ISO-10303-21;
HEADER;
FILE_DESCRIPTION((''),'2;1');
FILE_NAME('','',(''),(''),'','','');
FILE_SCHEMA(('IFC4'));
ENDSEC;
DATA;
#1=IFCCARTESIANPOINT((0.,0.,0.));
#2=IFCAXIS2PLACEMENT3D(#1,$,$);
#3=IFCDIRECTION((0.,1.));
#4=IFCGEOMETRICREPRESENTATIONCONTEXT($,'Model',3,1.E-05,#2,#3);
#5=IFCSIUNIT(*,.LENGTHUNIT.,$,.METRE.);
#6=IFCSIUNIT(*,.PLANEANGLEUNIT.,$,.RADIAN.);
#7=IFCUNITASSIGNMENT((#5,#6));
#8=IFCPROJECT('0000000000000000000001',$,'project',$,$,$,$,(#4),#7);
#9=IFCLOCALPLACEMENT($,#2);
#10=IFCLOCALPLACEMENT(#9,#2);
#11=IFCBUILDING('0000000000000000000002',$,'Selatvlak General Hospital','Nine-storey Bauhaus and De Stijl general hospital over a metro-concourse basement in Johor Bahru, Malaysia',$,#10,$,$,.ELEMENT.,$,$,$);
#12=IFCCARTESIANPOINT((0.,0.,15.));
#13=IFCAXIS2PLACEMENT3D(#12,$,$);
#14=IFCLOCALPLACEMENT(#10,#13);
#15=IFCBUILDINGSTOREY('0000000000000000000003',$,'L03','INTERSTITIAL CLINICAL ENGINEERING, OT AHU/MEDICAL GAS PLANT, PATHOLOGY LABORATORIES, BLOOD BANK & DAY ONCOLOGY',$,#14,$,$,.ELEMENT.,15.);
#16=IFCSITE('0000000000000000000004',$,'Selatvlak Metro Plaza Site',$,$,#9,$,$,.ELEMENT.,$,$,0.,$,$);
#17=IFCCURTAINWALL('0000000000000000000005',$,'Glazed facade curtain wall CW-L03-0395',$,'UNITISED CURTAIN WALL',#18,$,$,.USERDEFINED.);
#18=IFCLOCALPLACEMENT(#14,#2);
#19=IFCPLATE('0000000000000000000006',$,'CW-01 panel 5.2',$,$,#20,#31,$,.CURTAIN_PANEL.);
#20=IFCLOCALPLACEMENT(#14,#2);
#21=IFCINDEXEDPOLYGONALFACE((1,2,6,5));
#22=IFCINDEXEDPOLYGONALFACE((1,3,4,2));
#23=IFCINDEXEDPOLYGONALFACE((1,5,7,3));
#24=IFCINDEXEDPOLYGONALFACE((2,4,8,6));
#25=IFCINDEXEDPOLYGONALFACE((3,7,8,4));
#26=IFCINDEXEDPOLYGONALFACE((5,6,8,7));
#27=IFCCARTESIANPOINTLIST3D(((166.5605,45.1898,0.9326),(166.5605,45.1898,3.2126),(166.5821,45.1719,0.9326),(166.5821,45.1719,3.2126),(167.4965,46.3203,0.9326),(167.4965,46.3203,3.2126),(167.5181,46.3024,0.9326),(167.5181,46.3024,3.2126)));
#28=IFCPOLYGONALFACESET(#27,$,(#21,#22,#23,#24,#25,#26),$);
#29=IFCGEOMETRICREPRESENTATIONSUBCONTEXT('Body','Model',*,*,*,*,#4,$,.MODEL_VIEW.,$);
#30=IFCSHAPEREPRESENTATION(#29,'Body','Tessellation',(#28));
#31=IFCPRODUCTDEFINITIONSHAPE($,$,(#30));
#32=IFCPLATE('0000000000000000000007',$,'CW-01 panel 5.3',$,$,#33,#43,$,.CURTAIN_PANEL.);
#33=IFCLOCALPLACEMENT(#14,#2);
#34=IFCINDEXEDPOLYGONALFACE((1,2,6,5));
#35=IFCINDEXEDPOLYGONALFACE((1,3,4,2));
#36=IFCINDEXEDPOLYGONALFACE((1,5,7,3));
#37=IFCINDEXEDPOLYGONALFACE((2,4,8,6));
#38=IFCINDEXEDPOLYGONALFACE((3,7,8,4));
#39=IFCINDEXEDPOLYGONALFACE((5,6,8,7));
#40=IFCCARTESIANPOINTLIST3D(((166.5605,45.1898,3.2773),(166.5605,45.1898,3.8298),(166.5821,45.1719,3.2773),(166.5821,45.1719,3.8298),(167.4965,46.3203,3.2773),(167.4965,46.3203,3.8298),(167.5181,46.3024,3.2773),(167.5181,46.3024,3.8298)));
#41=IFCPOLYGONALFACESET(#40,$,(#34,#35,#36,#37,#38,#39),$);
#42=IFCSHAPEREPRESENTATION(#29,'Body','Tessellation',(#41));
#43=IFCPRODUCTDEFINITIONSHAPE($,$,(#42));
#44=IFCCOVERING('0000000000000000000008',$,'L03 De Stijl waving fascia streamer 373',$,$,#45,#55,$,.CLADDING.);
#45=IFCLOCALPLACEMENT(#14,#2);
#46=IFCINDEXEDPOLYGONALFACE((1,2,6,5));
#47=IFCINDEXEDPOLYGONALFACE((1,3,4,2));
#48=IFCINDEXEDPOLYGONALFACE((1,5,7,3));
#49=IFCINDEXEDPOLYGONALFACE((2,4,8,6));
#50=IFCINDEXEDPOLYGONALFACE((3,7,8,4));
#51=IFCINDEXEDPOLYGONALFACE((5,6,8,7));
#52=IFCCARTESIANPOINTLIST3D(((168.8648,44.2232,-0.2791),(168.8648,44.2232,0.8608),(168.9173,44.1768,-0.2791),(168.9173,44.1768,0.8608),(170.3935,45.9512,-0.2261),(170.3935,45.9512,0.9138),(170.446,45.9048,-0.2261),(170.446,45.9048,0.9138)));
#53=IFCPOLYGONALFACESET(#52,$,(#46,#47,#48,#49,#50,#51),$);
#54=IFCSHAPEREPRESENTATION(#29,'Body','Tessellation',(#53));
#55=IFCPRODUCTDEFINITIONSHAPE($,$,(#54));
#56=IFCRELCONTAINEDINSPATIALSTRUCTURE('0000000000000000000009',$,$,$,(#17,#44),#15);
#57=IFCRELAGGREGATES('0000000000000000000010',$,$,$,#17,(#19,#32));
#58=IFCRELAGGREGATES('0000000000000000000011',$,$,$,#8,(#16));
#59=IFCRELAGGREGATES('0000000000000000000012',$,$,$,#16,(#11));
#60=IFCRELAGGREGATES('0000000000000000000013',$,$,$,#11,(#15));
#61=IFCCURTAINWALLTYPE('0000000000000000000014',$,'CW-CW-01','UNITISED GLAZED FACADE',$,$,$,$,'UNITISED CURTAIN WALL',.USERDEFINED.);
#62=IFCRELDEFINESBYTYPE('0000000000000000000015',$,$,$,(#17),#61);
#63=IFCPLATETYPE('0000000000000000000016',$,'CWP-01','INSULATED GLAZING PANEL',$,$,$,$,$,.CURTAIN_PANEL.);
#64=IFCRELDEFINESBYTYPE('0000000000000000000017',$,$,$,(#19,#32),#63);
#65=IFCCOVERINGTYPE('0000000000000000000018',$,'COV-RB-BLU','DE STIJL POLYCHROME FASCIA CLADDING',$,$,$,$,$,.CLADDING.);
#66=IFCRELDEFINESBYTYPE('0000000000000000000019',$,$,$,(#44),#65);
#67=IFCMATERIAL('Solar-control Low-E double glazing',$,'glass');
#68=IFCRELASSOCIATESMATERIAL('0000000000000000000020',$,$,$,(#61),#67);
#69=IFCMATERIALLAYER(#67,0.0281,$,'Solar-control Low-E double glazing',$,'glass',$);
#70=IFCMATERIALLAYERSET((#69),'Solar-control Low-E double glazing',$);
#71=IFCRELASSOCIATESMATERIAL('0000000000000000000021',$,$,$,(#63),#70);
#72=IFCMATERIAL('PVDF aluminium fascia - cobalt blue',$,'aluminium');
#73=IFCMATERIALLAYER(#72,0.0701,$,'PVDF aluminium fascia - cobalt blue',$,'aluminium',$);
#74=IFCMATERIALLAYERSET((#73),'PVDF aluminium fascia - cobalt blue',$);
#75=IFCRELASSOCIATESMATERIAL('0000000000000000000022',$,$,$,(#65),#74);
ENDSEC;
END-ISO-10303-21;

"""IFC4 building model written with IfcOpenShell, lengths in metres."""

from ifc_helpers import new_model, si_unit, direction, frame, origin, origin_2d, place, context, subcontext, project, spatial, polyline, rectangle, outline, extrude, material, layer, layer_set, type_object, element, aggregate, save


model = new_model("IFC4")

# Units and contexts
model_context = context("Model", 3, precision=1e-05, world=origin(), true_north=direction((0.0, 1.0)))
body_context = subcontext(model_context, "Body", "Model", "MODEL_VIEW")
ifc_project = project(units=[si_unit("LENGTHUNIT", "METRE"), si_unit("PLANEANGLEUNIT", "RADIAN")], contexts=[model_context])

# Site, building, storey
site_placement = place(None, origin())
site = spatial("IfcSite", under=ifc_project, at=site_placement, Name="Selatvlak Metro Plaza Site", CompositionType="ELEMENT", RefElevation=0.0)
building_placement = place(site_placement, origin())
building = spatial("IfcBuilding", under=site, at=building_placement, Name="Selatvlak General Hospital", Description="Nine-storey Bauhaus and De Stijl general hospital over a metro-concourse basement in Johor Bahru, Malaysia", CompositionType="ELEMENT")
storey_placement = place(building_placement, frame((0.0, 0.0, 15.0)))
storey = spatial("IfcBuildingStorey", under=building, at=storey_placement, Name="L03", Description="INTERSTITIAL CLINICAL ENGINEERING, OT AHU/MEDICAL GAS PLANT, PATHOLOGY LABORATORIES, BLOOD BANK & DAY ONCOLOGY", CompositionType="ELEMENT", Elevation=15.0)

# Curtain wall, plates
ifc_material_1 = material(Name="Solar-control Low-E double glazing", Category="glass")
curtain_wall_type = type_object("IfcCurtainWallType", Name="CW-CW-01", Description="UNITISED GLAZED FACADE", ElementType="UNITISED CURTAIN WALL", PredefinedType="USERDEFINED", material=ifc_material_1)
curtain_wall_placement = place(storey_placement, origin())
curtain_wall = element("IfcCurtainWall", 1, at=curtain_wall_placement, inside=storey, type_object=curtain_wall_type, Name="Glazed facade curtain wall CW-L03-0395", ObjectType="UNITISED CURTAIN WALL", PredefinedType="USERDEFINED")
ifc_layer_1 = layer(ifc_material_1, 0.0281, Name="Solar-control Low-E double glazing", Category="glass")
ifc_layer_set_1 = layer_set([ifc_layer_1], Name="Solar-control Low-E double glazing")
plate_type = type_object("IfcPlateType", Name="CWP-01", Description="INSULATED GLAZING PANEL", PredefinedType="CURTAIN_PANEL", material=ifc_layer_set_1)
plate_1_placement = place(storey_placement, frame((167.0393, 45.7461, 0.9326), z_axis=(0.0, 0.0, 1.0), x_axis=(-0.637721, -0.770267, 0.0)))
plate_1 = element("IfcPlate", 2, at=plate_1_placement, type_object=plate_type, Name="CW-01 panel 5.2", PredefinedType="CURTAIN_PANEL", context=body_context, shape_type="SweptSolid", body=[
    extrude(rectangle(XDim=1.4678, YDim=0.0281, at=origin_2d()), origin(), (0.0, 0.0, 1.0), 2.28),
])
plate_2_placement = place(storey_placement, frame((167.0393, 45.7461, 3.2773), z_axis=(0.0, 0.0, 1.0), x_axis=(-0.637721, -0.770267, 0.0)))
plate_2 = element("IfcPlate", 3, at=plate_2_placement, type_object=plate_type, Name="CW-01 panel 5.3", PredefinedType="CURTAIN_PANEL", context=body_context, shape_type="SweptSolid", body=[
    extrude(rectangle(XDim=1.4678, YDim=0.0281, at=origin_2d()), origin(), (0.0, 0.0, 1.0), 0.5525),
])
aggregate(curtain_wall, [plate_1, plate_2])

# Covering
ifc_material_2 = material(Name="PVDF aluminium fascia - cobalt blue", Category="aluminium")
ifc_layer_2 = layer(ifc_material_2, 0.0701, Name="PVDF aluminium fascia - cobalt blue", Category="aluminium")
ifc_layer_set_2 = layer_set([ifc_layer_2], Name="PVDF aluminium fascia - cobalt blue")
covering_type = type_object("IfcCoveringType", Name="COV-RB-BLU", Description="DE STIJL POLYCHROME FASCIA CLADDING", PredefinedType="CLADDING", material=ifc_layer_set_2)
covering_placement = place(storey_placement, frame((168.8911, 44.2, -0.2791), z_axis=(0.0, 0.0, 1.0), x_axis=(0.662615, 0.74896, 0.0)))
element("IfcCovering", 4, at=covering_placement, inside=storey, type_object=covering_type, Name="L03 De Stijl waving fascia streamer 373", PredefinedType="CLADDING", context=body_context, shape_type="SweptSolid", body=[
    extrude(outline(polyline([(0.0, 0.0), (2.3071, 0.053), (2.3071, 1.1929), (0.0, 1.1399), (0.0, 0.0)])), frame((0.0, 0.0352, 0.0), z_axis=(0.0, -1.0, 0.0), x_axis=(1.0, 0.0, 0.0)), (0.0, 0.0, 1.0), 0.0701),
])

save(model, "model.ifc")
